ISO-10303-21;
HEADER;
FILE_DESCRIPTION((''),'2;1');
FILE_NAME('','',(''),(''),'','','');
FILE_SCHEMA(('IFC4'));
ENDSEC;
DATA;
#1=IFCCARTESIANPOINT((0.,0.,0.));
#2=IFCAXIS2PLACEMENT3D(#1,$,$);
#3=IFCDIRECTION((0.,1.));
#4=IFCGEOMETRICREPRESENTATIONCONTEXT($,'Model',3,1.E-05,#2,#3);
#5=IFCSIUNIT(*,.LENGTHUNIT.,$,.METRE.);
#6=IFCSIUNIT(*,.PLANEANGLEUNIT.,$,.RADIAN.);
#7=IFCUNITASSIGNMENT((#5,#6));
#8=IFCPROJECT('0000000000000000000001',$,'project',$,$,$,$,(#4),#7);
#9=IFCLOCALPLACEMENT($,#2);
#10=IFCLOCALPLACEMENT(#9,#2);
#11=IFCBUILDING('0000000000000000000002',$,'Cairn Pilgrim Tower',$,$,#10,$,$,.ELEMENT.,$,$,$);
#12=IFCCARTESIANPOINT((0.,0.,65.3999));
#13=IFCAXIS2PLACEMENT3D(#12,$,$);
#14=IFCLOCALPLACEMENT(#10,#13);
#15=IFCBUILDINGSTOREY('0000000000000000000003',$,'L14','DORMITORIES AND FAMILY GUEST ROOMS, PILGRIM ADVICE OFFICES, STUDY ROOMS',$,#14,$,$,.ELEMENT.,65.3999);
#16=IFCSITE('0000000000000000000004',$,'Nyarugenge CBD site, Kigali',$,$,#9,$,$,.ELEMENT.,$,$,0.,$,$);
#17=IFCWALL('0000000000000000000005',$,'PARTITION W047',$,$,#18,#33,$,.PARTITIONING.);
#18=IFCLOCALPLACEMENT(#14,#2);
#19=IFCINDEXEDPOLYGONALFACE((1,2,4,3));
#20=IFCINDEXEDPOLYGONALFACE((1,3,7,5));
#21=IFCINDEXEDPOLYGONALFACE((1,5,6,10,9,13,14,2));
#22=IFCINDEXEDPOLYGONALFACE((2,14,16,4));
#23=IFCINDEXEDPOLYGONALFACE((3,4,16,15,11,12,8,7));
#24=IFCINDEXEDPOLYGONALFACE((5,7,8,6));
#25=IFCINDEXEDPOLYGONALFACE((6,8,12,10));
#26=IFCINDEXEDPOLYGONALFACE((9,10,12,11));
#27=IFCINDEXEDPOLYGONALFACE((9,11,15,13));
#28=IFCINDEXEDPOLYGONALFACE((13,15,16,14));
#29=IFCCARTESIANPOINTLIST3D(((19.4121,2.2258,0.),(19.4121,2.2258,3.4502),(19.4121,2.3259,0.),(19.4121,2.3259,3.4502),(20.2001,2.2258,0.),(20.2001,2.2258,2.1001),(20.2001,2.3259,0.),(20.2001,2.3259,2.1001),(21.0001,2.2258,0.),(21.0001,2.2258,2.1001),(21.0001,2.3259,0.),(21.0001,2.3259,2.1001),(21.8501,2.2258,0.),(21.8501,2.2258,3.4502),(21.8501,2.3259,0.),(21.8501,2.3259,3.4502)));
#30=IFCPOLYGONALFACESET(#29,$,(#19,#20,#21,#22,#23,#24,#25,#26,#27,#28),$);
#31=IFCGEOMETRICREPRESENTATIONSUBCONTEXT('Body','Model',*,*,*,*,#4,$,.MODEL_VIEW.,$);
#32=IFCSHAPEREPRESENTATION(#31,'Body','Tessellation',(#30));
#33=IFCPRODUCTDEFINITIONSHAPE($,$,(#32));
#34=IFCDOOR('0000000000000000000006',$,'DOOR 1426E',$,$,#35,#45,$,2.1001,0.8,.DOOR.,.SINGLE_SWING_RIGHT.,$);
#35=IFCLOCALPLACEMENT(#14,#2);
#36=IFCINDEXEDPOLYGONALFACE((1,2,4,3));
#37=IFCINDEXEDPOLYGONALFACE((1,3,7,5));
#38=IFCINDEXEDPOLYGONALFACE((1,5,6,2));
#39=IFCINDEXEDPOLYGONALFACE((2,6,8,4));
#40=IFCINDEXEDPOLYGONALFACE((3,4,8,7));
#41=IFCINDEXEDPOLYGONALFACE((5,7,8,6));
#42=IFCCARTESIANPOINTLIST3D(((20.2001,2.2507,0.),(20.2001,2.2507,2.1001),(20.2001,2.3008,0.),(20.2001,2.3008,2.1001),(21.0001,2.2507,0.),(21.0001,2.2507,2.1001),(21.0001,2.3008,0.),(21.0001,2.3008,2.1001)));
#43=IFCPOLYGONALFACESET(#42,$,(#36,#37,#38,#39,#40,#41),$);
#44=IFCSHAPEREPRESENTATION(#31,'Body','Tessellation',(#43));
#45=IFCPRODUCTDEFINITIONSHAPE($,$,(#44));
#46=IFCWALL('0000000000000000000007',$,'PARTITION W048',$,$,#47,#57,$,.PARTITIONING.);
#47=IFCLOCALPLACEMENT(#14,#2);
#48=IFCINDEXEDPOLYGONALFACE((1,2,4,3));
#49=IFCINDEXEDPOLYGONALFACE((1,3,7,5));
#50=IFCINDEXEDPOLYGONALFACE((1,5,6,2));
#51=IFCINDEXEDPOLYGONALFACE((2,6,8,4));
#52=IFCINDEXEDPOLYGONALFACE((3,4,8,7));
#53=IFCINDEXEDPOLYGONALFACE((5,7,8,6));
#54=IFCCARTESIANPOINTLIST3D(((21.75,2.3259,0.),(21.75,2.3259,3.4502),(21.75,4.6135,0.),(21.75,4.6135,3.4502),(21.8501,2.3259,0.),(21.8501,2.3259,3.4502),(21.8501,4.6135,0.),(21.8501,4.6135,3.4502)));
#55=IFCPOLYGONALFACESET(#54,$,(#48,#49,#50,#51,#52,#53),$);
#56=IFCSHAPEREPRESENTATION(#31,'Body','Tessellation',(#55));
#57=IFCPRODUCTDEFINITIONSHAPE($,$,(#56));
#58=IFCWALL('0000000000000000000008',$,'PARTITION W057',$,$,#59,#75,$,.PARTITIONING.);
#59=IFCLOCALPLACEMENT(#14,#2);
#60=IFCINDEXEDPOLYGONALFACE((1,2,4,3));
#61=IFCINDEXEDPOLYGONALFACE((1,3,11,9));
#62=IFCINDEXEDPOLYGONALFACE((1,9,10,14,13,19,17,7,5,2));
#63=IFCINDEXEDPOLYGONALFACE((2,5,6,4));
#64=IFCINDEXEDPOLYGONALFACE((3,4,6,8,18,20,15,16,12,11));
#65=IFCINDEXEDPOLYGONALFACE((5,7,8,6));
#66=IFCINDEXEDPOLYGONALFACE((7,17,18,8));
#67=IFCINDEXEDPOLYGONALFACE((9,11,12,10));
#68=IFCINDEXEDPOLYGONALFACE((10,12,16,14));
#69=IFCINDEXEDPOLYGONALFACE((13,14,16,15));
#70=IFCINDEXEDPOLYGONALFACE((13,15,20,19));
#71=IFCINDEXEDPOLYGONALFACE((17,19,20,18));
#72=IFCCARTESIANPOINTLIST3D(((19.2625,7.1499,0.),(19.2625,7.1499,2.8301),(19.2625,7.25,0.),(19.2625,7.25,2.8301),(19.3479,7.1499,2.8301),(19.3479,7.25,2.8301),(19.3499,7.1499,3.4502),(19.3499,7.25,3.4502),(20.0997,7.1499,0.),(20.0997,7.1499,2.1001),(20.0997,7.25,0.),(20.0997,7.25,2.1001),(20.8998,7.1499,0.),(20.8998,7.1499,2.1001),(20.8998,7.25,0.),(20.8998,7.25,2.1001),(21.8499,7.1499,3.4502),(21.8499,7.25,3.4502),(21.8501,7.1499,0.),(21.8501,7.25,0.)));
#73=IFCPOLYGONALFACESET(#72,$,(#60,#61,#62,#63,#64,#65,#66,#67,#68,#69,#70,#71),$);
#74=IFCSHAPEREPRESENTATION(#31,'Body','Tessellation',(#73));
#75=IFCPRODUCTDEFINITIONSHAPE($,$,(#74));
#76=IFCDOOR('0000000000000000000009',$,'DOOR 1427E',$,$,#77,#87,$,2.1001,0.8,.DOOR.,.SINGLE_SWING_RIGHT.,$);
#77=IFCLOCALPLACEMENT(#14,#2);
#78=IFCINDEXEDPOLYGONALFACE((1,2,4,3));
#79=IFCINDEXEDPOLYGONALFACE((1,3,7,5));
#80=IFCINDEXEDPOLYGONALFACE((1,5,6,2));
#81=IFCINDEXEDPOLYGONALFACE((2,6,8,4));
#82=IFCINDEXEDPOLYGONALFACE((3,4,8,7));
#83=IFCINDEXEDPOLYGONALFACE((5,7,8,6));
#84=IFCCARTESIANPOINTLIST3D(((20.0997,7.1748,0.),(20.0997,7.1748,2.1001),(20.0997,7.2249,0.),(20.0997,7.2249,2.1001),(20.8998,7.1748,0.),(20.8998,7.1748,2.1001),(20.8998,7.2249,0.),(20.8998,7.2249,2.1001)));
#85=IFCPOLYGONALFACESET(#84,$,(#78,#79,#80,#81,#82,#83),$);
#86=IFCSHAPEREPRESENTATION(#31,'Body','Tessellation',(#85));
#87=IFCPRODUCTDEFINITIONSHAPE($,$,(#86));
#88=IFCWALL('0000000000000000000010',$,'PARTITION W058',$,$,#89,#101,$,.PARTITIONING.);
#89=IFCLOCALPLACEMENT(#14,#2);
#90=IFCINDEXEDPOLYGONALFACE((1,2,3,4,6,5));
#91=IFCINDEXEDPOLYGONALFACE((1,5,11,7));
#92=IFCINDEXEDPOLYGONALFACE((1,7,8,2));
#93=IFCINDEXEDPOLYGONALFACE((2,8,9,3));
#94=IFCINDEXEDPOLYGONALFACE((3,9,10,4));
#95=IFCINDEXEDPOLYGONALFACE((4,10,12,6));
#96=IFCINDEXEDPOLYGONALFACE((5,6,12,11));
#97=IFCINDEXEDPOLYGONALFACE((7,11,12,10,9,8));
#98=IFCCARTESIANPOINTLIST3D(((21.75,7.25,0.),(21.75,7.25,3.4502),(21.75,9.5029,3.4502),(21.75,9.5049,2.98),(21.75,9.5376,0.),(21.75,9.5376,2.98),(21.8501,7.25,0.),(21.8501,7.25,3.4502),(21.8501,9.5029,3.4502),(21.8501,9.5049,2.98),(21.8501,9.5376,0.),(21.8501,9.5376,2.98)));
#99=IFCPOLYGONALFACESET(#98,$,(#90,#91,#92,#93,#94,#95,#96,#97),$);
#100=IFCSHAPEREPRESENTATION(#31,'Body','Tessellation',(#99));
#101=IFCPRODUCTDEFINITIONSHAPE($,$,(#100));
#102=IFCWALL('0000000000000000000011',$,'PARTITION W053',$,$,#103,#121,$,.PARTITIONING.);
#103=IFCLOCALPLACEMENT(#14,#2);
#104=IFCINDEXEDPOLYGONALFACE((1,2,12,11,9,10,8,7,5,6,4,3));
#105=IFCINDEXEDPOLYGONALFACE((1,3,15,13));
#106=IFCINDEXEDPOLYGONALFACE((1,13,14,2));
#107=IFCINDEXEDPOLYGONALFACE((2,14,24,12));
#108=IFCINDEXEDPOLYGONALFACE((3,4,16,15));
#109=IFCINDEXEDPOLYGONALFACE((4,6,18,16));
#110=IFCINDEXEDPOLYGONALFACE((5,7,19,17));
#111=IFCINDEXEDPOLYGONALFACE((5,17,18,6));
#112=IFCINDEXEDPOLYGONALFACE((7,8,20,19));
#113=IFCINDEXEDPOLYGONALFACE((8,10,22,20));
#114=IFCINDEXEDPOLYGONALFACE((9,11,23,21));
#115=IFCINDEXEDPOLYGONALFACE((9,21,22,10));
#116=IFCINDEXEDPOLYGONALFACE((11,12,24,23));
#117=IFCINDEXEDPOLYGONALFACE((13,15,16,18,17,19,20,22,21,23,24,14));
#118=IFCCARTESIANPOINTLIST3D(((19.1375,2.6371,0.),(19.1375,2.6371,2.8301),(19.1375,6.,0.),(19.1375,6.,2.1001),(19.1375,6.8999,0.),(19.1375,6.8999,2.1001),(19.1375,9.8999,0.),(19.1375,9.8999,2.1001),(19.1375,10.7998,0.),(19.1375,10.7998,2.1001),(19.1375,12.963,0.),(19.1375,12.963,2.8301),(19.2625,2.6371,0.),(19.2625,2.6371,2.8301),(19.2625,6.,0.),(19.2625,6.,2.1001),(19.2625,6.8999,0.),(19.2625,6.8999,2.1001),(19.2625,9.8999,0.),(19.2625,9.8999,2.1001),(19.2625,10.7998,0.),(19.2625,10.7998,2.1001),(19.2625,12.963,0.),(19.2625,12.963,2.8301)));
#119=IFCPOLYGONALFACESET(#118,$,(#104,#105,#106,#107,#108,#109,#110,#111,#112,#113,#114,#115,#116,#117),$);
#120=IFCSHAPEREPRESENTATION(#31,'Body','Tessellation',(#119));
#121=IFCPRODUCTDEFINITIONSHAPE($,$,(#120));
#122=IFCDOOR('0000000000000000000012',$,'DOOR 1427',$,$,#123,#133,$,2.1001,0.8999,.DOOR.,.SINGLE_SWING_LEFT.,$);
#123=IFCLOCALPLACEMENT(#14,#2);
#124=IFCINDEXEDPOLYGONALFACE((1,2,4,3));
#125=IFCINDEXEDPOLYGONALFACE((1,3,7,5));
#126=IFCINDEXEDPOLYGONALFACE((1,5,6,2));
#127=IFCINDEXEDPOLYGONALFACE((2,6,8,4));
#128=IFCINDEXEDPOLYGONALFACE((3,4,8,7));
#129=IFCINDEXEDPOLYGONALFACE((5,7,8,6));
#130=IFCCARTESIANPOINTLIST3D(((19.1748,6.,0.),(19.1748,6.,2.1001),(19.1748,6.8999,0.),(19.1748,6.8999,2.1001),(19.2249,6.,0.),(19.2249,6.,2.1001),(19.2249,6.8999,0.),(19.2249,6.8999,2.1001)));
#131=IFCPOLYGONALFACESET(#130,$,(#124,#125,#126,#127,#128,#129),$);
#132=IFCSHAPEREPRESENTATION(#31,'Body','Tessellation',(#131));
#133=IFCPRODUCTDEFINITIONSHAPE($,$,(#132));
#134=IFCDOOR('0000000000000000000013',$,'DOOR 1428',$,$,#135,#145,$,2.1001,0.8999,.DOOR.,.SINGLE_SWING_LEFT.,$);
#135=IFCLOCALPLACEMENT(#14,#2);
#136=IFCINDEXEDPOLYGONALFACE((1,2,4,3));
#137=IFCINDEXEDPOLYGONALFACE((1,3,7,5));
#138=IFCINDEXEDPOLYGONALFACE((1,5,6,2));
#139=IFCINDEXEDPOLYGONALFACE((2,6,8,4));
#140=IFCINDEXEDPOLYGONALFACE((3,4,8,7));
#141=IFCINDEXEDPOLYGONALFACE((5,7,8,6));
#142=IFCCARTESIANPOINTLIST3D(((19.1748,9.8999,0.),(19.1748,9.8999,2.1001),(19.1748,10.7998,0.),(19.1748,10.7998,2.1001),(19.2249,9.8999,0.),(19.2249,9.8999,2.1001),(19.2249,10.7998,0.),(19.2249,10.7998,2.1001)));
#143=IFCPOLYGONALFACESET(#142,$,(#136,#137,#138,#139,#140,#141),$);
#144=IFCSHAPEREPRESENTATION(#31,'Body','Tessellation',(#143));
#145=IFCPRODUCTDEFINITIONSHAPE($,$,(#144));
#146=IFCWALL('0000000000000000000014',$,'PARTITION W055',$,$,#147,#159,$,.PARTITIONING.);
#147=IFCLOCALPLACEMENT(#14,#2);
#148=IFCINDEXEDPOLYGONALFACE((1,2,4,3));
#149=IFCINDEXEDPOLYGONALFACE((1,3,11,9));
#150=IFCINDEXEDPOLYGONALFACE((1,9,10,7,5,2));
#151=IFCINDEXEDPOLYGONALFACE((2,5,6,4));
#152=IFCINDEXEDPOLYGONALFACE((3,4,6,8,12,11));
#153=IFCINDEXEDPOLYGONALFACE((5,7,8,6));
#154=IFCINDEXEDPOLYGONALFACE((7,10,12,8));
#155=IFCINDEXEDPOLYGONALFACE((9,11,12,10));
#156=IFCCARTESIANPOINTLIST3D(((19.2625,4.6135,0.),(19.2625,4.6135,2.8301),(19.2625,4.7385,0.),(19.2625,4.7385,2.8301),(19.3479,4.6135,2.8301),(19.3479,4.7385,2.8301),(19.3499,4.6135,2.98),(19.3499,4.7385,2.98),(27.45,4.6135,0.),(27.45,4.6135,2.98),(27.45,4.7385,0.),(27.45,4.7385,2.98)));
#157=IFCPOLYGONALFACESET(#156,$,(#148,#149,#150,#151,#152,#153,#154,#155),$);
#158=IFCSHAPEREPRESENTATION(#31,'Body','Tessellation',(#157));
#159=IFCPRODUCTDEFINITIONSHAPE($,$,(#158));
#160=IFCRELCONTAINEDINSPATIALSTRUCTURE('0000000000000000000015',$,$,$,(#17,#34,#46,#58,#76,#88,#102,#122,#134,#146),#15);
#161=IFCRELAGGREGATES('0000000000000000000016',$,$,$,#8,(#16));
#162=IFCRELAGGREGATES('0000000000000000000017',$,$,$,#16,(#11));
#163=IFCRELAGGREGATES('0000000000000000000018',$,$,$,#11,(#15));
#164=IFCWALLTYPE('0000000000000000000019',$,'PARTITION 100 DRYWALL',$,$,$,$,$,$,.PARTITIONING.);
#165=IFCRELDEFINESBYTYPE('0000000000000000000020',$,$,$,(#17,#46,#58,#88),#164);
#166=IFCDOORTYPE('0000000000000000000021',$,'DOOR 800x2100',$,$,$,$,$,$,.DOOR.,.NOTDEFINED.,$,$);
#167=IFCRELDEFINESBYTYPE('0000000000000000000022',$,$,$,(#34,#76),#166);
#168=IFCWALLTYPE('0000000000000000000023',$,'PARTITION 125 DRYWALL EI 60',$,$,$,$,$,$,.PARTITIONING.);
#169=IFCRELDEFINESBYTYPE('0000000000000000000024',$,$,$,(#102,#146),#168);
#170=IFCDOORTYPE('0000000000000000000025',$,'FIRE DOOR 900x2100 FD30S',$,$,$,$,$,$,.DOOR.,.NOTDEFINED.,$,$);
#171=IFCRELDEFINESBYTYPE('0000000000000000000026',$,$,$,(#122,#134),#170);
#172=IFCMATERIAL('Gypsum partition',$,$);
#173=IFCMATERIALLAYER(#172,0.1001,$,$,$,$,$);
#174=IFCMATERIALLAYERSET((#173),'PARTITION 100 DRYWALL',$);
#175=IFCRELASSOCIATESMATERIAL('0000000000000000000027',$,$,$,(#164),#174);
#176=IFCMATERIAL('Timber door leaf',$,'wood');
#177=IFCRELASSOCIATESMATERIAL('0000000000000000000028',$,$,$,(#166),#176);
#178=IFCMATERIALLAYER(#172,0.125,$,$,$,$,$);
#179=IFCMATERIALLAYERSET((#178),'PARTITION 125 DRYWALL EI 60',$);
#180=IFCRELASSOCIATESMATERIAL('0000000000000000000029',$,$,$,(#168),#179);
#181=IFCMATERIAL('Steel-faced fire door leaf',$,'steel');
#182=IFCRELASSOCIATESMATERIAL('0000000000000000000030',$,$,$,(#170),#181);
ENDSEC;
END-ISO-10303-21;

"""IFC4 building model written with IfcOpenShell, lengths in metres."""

from ifc_helpers import new_model, si_unit, direction, frame, frame_2d, origin, place, context, subcontext, project, spatial, polyline, rectangle, outline, extrude, material, layer, layer_set, type_object, element, fill, save


model = new_model("IFC4")

# Units and contexts
model_context = context("Model", 3, precision=1e-05, world=origin(), true_north=direction((0.0, 1.0)))
body_context = subcontext(model_context, "Body", "Model", "MODEL_VIEW")
ifc_project = project(units=[si_unit("LENGTHUNIT", "METRE"), si_unit("PLANEANGLEUNIT", "RADIAN")], contexts=[model_context])

# Site, building, storey
site_placement = place(None, origin())
site = spatial("IfcSite", under=ifc_project, at=site_placement, Name="Nyarugenge CBD site, Kigali", CompositionType="ELEMENT", RefElevation=0.0)
building_placement = place(site_placement, origin())
building = spatial("IfcBuilding", under=site, at=building_placement, Name="Cairn Pilgrim Tower", CompositionType="ELEMENT")
storey_placement = place(building_placement, frame((0.0, 0.0, 65.3999)))
storey = spatial("IfcBuildingStorey", under=building, at=storey_placement, Name="L14", Description="DORMITORIES AND FAMILY GUEST ROOMS, PILGRIM ADVICE OFFICES, STUDY ROOMS", CompositionType="ELEMENT", Elevation=65.3999)

# Wall, opening, door
ifc_material_1 = material(Name="Gypsum partition")
ifc_layer_1 = layer(ifc_material_1, 0.1001)
ifc_layer_set_1 = layer_set([ifc_layer_1], Name="PARTITION 100 DRYWALL")
wall_type_1 = type_object("IfcWallType", Name="PARTITION 100 DRYWALL", PredefinedType="PARTITIONING", material=ifc_layer_set_1)
wall_1_placement = place(storey_placement, frame((19.4121, 2.2759, 0.0), z_axis=(0.0, 0.0, 1.0), x_axis=(1.0, 0.0, 0.0)))
wall_1 = element("IfcWall", 1, at=wall_1_placement, inside=storey, type_object=wall_type_1, Name="PARTITION W047", PredefinedType="PARTITIONING", context=body_context, shape_type="SweptSolid", body=[
    extrude(rectangle(XDim=2.438, YDim=0.1001, at=frame_2d((1.219, 0.0))), origin(), (0.0, 0.0, 1.0), 3.4502),
])
opening_1_placement = place(wall_1_placement, frame((0.7881, 0.0, 0.0)))
opening_1 = element("IfcOpeningElement", 2, at=opening_1_placement, cuts=wall_1, PredefinedType="OPENING", context=body_context, shape_type="SweptSolid", body=[
    extrude(rectangle(XDim=0.8, YDim=2.1001, at=frame_2d((0.3999, 1.05))), frame((0.0, 0.0601, 0.0), z_axis=(0.0, -1.0, 0.0), x_axis=(1.0, 0.0, 0.0)), (0.0, 0.0, 1.0), 0.1201),
])
ifc_material_2 = material(Name="Timber door leaf", Category="wood")
door_type_1 = type_object("IfcDoorType", Name="DOOR 800x2100", OperationType="NOTDEFINED", PredefinedType="DOOR", material=ifc_material_2)
door_1_placement = place(opening_1_placement, origin())
door_1 = element("IfcDoor", 3, at=door_1_placement, inside=storey, type_object=door_type_1, Name="DOOR 1426E", OperationType="SINGLE_SWING_RIGHT", OverallHeight=2.1001, OverallWidth=0.8, PredefinedType="DOOR", context=body_context, shape_type="SweptSolid", body=[
    extrude(rectangle(XDim=0.8, YDim=2.1001, at=frame_2d((0.3999, 1.05))), frame((0.0, 0.0249, 0.0), z_axis=(0.0, -1.0, 0.0), x_axis=(1.0, 0.0, 0.0)), (0.0, 0.0, 1.0), 0.05),
])
fill(opening_1, door_1)

# Wall
wall_2_placement = place(storey_placement, frame((21.8, 2.3259, 0.0), z_axis=(0.0, 0.0, 1.0), x_axis=(0.0, 1.0, 0.0)))
element("IfcWall", 4, at=wall_2_placement, inside=storey, type_object=wall_type_1, Name="PARTITION W048", PredefinedType="PARTITIONING", context=body_context, shape_type="SweptSolid", body=[
    extrude(rectangle(XDim=2.2876, YDim=0.1001, at=frame_2d((1.1438, 0.0))), origin(), (0.0, 0.0, 1.0), 3.4502),
])

# Wall, opening, door
wall_3_placement = place(storey_placement, frame((19.2625, 7.2, 0.0), z_axis=(0.0, 0.0, 1.0), x_axis=(1.0, 0.0, 0.0)))
wall_3 = element("IfcWall", 5, at=wall_3_placement, inside=storey, type_object=wall_type_1, Name="PARTITION W057", PredefinedType="PARTITIONING", context=body_context, shape_type="SweptSolid", body=[
    extrude(outline(polyline([(0.0, 0.0), (2.5876, 0.0), (2.5874, 3.4502), (0.0874, 3.4502), (0.0854, 2.8301), (0.0, 2.8301), (0.0, 0.0)])), frame((0.0, 0.05, 0.0), z_axis=(0.0, -1.0, 0.0), x_axis=(1.0, 0.0, 0.0)), (0.0, 0.0, 1.0), 0.1001),
])
opening_2_placement = place(wall_3_placement, frame((0.8374, 0.0, 0.0)))
opening_2 = element("IfcOpeningElement", 6, at=opening_2_placement, cuts=wall_3, PredefinedType="OPENING", context=body_context, shape_type="SweptSolid", body=[
    extrude(rectangle(XDim=0.8, YDim=2.1001, at=frame_2d((0.3999, 1.05))), frame((0.0, 0.0601, 0.0), z_axis=(0.0, -1.0, 0.0), x_axis=(1.0, 0.0, 0.0)), (0.0, 0.0, 1.0), 0.1201),
])
door_2_placement = place(opening_2_placement, origin())
door_2 = element("IfcDoor", 7, at=door_2_placement, inside=storey, type_object=door_type_1, Name="DOOR 1427E", OperationType="SINGLE_SWING_RIGHT", OverallHeight=2.1001, OverallWidth=0.8, PredefinedType="DOOR", context=body_context, shape_type="SweptSolid", body=[
    extrude(rectangle(XDim=0.8, YDim=2.1001, at=frame_2d((0.3999, 1.05))), frame((0.0, 0.0249, 0.0), z_axis=(0.0, -1.0, 0.0), x_axis=(1.0, 0.0, 0.0)), (0.0, 0.0, 1.0), 0.05),
])
fill(opening_2, door_2)

# Wall
wall_4_placement = place(storey_placement, frame((21.8, 7.25, 0.0), z_axis=(0.0, 0.0, 1.0), x_axis=(0.0, 1.0, 0.0)))
element("IfcWall", 8, at=wall_4_placement, inside=storey, type_object=wall_type_1, Name="PARTITION W058", PredefinedType="PARTITIONING", context=body_context, shape_type="SweptSolid", body=[
    extrude(outline(polyline([(0.0, 0.0), (2.2876, 0.0), (2.2876, 2.98), (2.2549, 2.98), (2.2529, 3.4502), (0.0, 3.4502), (0.0, 0.0)])), frame((0.0, 0.05, 0.0), z_axis=(0.0, -1.0, 0.0), x_axis=(1.0, 0.0, 0.0)), (0.0, 0.0, 1.0), 0.1001),
])

# Wall, openings, doors
ifc_layer_2 = layer(ifc_material_1, 0.125)
ifc_layer_set_2 = layer_set([ifc_layer_2], Name="PARTITION 125 DRYWALL EI 60")
wall_type_2 = type_object("IfcWallType", Name="PARTITION 125 DRYWALL EI 60", PredefinedType="PARTITIONING", material=ifc_layer_set_2)
wall_5_placement = place(storey_placement, frame((19.2, 2.637, 0.0), z_axis=(0.0, 0.0, 1.0), x_axis=(0.0, 1.0, 0.0)))
wall_5 = element("IfcWall", 9, at=wall_5_placement, inside=storey, type_object=wall_type_2, Name="PARTITION W053", PredefinedType="PARTITIONING", context=body_context, shape_type="SweptSolid", body=[
    extrude(rectangle(XDim=10.3259, YDim=0.125, at=frame_2d((5.1631, 0.0))), origin(), (0.0, 0.0, 1.0), 2.8301),
])
opening_3_placement = place(wall_5_placement, frame((3.363, 0.0, 0.0)))
opening_3 = element("IfcOpeningElement", 10, at=opening_3_placement, cuts=wall_5, PredefinedType="OPENING", context=body_context, shape_type="SweptSolid", body=[
    extrude(rectangle(XDim=0.8999, YDim=2.1001, at=frame_2d((0.45, 1.05))), frame((0.0, 0.0725, 0.0), z_axis=(0.0, -1.0, 0.0), x_axis=(1.0, 0.0, 0.0)), (0.0, 0.0, 1.0), 0.145),
])
opening_4_placement = place(wall_5_placement, frame((7.2629, 0.0, 0.0)))
opening_4 = element("IfcOpeningElement", 11, at=opening_4_placement, cuts=wall_5, PredefinedType="OPENING", context=body_context, shape_type="SweptSolid", body=[
    extrude(rectangle(XDim=0.8999, YDim=2.1001, at=frame_2d((0.45, 1.05))), frame((0.0, 0.0725, 0.0), z_axis=(0.0, -1.0, 0.0), x_axis=(1.0, 0.0, 0.0)), (0.0, 0.0, 1.0), 0.145),
])
ifc_material_3 = material(Name="Steel-faced fire door leaf", Category="steel")
door_type_2 = type_object("IfcDoorType", Name="FIRE DOOR 900x2100 FD30S", OperationType="NOTDEFINED", PredefinedType="DOOR", material=ifc_material_3)
door_3_placement = place(opening_3_placement, frame((0.8999, 0.0, 0.0), z_axis=(0.0, 0.0, 1.0), x_axis=(-1.0, 0.0, 0.0)))
door_3 = element("IfcDoor", 12, at=door_3_placement, inside=storey, type_object=door_type_2, Name="DOOR 1427", OperationType="SINGLE_SWING_LEFT", OverallHeight=2.1001, OverallWidth=0.8999, PredefinedType="DOOR", context=body_context, shape_type="SweptSolid", body=[
    extrude(rectangle(XDim=0.8999, YDim=2.1001, at=frame_2d((0.45, 1.05))), frame((0.0, 0.0249, 0.0), z_axis=(0.0, -1.0, 0.0), x_axis=(1.0, 0.0, 0.0)), (0.0, 0.0, 1.0), 0.05),
])
fill(opening_3, door_3)
door_4_placement = place(opening_4_placement, frame((0.8999, 0.0, 0.0), z_axis=(0.0, 0.0, 1.0), x_axis=(-1.0, 0.0, 0.0)))
door_4 = element("IfcDoor", 13, at=door_4_placement, inside=storey, type_object=door_type_2, Name="DOOR 1428", OperationType="SINGLE_SWING_LEFT", OverallHeight=2.1001, OverallWidth=0.8999, PredefinedType="DOOR", context=body_context, shape_type="SweptSolid", body=[
    extrude(rectangle(XDim=0.8999, YDim=2.1001, at=frame_2d((0.45, 1.05))), frame((0.0, 0.0249, 0.0), z_axis=(0.0, -1.0, 0.0), x_axis=(1.0, 0.0, 0.0)), (0.0, 0.0, 1.0), 0.05),
])
fill(opening_4, door_4)

# Wall
wall_6_placement = place(storey_placement, frame((19.2625, 4.676, 0.0), z_axis=(0.0, 0.0, 1.0), x_axis=(1.0, 0.0, 0.0)))
element("IfcWall", 14, at=wall_6_placement, inside=storey, type_object=wall_type_2, Name="PARTITION W055", PredefinedType="PARTITIONING", context=body_context, shape_type="SweptSolid", body=[
    extrude(outline(polyline([(0.0, 0.0), (8.1875, 0.0), (8.1875, 2.98), (0.0874, 2.98), (0.0854, 2.8301), (0.0, 2.8301), (0.0, 0.0)])), frame((0.0, 0.0625, 0.0), z_axis=(0.0, -1.0, 0.0), x_axis=(1.0, 0.0, 0.0)), (0.0, 0.0, 1.0), 0.125),
])

save(model, "model.ifc")
